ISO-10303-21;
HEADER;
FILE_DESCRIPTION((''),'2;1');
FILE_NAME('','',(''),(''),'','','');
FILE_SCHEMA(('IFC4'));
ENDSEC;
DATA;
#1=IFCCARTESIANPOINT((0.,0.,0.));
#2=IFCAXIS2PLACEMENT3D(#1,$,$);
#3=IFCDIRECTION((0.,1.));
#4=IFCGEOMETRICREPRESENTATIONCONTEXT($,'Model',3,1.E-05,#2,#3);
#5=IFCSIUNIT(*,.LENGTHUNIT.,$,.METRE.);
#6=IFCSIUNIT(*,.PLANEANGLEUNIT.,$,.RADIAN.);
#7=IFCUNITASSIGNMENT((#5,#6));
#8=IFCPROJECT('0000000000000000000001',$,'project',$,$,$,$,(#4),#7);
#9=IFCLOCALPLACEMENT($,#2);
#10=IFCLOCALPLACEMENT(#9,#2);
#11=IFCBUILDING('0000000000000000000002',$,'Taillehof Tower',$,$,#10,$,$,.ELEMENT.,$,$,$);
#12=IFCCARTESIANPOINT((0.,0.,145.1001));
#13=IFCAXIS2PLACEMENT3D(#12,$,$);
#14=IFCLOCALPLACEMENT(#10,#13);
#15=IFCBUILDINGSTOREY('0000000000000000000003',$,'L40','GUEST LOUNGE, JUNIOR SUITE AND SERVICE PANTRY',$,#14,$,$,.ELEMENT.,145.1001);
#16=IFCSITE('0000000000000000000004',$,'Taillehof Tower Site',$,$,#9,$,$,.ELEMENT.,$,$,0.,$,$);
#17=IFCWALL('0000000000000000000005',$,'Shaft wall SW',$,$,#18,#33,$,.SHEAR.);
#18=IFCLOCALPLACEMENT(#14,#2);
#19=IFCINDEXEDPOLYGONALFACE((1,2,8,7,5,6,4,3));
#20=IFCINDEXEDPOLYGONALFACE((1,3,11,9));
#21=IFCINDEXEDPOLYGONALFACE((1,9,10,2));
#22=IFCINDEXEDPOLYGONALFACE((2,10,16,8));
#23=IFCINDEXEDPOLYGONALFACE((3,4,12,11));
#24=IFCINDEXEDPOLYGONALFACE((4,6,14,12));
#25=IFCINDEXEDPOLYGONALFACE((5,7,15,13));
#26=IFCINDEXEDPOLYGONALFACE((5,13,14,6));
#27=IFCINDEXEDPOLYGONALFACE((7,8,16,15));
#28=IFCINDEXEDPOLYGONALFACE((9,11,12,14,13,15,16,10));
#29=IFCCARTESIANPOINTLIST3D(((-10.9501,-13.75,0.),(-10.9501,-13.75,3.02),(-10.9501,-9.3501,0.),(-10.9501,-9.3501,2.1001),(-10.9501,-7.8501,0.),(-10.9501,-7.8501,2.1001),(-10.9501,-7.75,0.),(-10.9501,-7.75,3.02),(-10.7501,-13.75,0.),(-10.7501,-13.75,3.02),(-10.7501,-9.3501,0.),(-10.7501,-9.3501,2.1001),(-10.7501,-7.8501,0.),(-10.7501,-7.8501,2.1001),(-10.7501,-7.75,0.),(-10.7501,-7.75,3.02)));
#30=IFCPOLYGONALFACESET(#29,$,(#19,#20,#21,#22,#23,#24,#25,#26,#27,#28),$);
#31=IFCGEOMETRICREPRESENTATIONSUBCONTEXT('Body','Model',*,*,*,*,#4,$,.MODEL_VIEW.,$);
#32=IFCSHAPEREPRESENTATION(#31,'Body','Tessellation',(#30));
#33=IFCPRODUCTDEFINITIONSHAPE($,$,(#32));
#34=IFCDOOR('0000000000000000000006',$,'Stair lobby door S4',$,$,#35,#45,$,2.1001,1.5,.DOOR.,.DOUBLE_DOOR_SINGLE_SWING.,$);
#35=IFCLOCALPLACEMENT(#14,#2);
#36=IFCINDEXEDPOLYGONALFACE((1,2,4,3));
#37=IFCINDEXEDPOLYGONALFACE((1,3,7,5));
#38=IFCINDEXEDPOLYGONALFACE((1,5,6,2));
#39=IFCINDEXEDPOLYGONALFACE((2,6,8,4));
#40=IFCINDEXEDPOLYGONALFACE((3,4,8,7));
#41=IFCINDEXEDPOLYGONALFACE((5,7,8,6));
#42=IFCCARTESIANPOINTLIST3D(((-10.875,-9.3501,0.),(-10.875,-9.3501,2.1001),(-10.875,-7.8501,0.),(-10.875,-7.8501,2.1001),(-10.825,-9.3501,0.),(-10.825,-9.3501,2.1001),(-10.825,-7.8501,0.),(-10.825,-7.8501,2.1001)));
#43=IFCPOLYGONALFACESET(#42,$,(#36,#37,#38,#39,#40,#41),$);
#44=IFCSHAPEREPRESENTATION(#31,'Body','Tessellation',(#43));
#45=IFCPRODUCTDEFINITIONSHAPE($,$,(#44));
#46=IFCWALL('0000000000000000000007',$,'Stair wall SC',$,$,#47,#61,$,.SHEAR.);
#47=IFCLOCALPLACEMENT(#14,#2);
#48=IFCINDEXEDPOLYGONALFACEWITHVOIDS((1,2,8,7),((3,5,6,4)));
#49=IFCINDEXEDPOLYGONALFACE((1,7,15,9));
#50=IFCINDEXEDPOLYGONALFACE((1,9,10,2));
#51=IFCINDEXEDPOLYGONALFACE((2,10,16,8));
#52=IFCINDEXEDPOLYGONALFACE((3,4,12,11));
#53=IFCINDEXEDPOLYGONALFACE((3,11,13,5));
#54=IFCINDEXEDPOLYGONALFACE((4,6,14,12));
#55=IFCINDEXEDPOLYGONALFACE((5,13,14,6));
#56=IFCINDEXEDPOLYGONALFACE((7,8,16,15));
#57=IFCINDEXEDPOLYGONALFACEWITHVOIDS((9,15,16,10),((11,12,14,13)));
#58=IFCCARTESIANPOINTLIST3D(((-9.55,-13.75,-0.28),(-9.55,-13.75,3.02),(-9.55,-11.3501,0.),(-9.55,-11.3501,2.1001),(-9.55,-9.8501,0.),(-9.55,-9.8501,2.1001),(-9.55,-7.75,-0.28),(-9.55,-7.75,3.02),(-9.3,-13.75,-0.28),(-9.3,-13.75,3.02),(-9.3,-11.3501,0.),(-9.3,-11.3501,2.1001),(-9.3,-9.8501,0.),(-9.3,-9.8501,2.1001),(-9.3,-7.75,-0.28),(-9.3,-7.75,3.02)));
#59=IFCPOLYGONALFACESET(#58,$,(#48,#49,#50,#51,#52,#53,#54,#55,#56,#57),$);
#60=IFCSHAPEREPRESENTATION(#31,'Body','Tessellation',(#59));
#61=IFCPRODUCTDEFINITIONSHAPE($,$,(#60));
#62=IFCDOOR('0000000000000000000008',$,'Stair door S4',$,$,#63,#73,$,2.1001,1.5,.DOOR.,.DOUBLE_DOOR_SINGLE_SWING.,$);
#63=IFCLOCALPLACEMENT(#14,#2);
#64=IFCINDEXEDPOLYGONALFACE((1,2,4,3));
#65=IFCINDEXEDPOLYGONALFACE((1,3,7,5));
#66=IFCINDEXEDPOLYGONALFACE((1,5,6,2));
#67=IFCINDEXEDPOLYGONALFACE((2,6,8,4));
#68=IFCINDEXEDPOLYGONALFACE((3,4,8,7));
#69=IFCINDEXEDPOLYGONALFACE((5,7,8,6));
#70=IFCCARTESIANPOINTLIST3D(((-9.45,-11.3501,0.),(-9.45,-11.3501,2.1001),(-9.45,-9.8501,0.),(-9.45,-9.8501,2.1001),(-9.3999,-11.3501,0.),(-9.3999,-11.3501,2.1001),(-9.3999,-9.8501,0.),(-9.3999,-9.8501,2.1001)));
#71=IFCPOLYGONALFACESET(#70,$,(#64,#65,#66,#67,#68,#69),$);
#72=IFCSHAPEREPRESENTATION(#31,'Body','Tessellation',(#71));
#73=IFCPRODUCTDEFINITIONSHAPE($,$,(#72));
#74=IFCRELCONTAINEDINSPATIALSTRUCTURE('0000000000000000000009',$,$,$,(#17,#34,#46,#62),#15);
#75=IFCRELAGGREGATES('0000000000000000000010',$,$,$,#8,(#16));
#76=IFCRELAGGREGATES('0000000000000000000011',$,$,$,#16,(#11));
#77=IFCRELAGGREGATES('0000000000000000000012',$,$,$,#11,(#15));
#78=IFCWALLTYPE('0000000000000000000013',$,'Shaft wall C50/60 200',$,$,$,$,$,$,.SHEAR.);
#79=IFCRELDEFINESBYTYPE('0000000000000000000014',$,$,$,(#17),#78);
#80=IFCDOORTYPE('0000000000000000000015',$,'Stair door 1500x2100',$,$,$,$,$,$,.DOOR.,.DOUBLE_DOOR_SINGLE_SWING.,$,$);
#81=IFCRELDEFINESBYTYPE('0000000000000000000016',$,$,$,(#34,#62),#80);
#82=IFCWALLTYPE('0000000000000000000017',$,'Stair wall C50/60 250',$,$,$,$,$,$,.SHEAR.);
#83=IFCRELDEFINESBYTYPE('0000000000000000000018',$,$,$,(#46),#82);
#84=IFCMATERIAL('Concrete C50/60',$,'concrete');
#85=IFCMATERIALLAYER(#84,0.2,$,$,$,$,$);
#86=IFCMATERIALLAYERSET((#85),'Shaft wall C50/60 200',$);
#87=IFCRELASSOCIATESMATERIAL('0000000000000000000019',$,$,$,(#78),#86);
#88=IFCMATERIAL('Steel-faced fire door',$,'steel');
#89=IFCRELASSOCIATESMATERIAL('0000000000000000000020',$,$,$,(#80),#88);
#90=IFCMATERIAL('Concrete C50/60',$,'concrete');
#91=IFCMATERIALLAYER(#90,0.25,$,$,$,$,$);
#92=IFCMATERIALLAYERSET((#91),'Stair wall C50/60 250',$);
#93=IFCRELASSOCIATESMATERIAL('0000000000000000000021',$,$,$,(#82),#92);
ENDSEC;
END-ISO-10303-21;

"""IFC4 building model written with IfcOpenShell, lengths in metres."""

from ifc_helpers import new_model, si_unit, direction, frame, frame_2d, origin, place, context, subcontext, project, spatial, rectangle, extrude, material, layer, layer_set, type_object, element, fill, save


model = new_model("IFC4")

# Units and contexts
model_context = context("Model", 3, precision=1e-05, world=origin(), true_north=direction((0.0, 1.0)))
body_context = subcontext(model_context, "Body", "Model", "MODEL_VIEW")
ifc_project = project(units=[si_unit("LENGTHUNIT", "METRE"), si_unit("PLANEANGLEUNIT", "RADIAN")], contexts=[model_context])

# Site, building, storey
site_placement = place(None, origin())
site = spatial("IfcSite", under=ifc_project, at=site_placement, Name="Taillehof Tower Site", CompositionType="ELEMENT", RefElevation=0.0)
building_placement = place(site_placement, origin())
building = spatial("IfcBuilding", under=site, at=building_placement, Name="Taillehof Tower", CompositionType="ELEMENT")
storey_placement = place(building_placement, frame((0.0, 0.0, 145.1001)))
storey = spatial("IfcBuildingStorey", under=building, at=storey_placement, Name="L40", Description="GUEST LOUNGE, JUNIOR SUITE AND SERVICE PANTRY", CompositionType="ELEMENT", Elevation=145.1001)

# Walls, openings, doors
ifc_material_1 = material(Name="Concrete C50/60", Category="concrete")
ifc_layer_1 = layer(ifc_material_1, 0.2)
ifc_layer_set_1 = layer_set([ifc_layer_1], Name="Shaft wall C50/60 200")
wall_type_1 = type_object("IfcWallType", Name="Shaft wall C50/60 200", PredefinedType="SHEAR", material=ifc_layer_set_1)
wall_1_placement = place(storey_placement, frame((-10.8501, -13.75, 0.0), z_axis=(0.0, 0.0, 1.0), x_axis=(0.0, 1.0, 0.0)))
wall_1 = element("IfcWall", 1, at=wall_1_placement, inside=storey, type_object=wall_type_1, Name="Shaft wall SW", PredefinedType="SHEAR", context=body_context, shape_type="SweptSolid", body=[
    extrude(rectangle(XDim=6.0, YDim=0.2, at=frame_2d((3.0, 0.0))), origin(), (0.0, 0.0, 1.0), 3.02),
])
opening_1_placement = place(wall_1_placement, frame((4.3999, 0.0, 0.0)))
opening_1 = element("IfcOpeningElement", 2, at=opening_1_placement, cuts=wall_1, PredefinedType="OPENING", context=body_context, shape_type="SweptSolid", body=[
    extrude(rectangle(XDim=1.5, YDim=2.1001, at=frame_2d((0.75, 1.05))), frame((0.0, 0.1099, 0.0), z_axis=(0.0, -1.0, 0.0), x_axis=(1.0, 0.0, 0.0)), (0.0, 0.0, 1.0), 0.22),
])
ifc_material_2 = material(Name="Steel-faced fire door", Category="steel")
door_type_1 = type_object("IfcDoorType", Name="Stair door 1500x2100", OperationType="DOUBLE_DOOR_SINGLE_SWING", PredefinedType="DOOR", material=ifc_material_2)
door_1_placement = place(opening_1_placement, origin())
door_1 = element("IfcDoor", 3, at=door_1_placement, inside=storey, type_object=door_type_1, Name="Stair lobby door S4", OperationType="DOUBLE_DOOR_SINGLE_SWING", OverallHeight=2.1001, OverallWidth=1.5, PredefinedType="DOOR", context=body_context, shape_type="SweptSolid", body=[
    extrude(rectangle(XDim=1.5, YDim=2.1001, at=frame_2d((0.75, 1.05))), frame((0.0, 0.0249, 0.0), z_axis=(0.0, -1.0, 0.0), x_axis=(1.0, 0.0, 0.0)), (0.0, 0.0, 1.0), 0.05),
])
fill(opening_1, door_1)
ifc_material_3 = material(Name="Concrete C50/60", Category="concrete")
ifc_layer_2 = layer(ifc_material_3, 0.25)
ifc_layer_set_2 = layer_set([ifc_layer_2], Name="Stair wall C50/60 250")
wall_type_2 = type_object("IfcWallType", Name="Stair wall C50/60 250", PredefinedType="SHEAR", material=ifc_layer_set_2)
wall_2_placement = place(storey_placement, frame((-9.425, -13.75, -0.28), z_axis=(0.0, 0.0, 1.0), x_axis=(0.0, 1.0, 0.0)))
wall_2 = element("IfcWall", 4, at=wall_2_placement, inside=storey, type_object=wall_type_2, Name="Stair wall SC", PredefinedType="SHEAR", context=body_context, shape_type="SweptSolid", body=[
    extrude(rectangle(XDim=6.0, YDim=0.25, at=frame_2d((3.0, 0.0))), origin(), (0.0, 0.0, 1.0), 3.3),
])
opening_2_placement = place(wall_2_placement, frame((2.3999, 0.0, 0.28)))
opening_2 = element("IfcOpeningElement", 5, at=opening_2_placement, cuts=wall_2, PredefinedType="OPENING", context=body_context, shape_type="SweptSolid", body=[
    extrude(rectangle(XDim=1.5, YDim=2.1001, at=frame_2d((0.75, 1.05))), frame((0.0, 0.135, 0.0), z_axis=(0.0, -1.0, 0.0), x_axis=(1.0, 0.0, 0.0)), (0.0, 0.0, 1.0), 0.27),
])
door_2_placement = place(opening_2_placement, origin())
door_2 = element("IfcDoor", 6, at=door_2_placement, inside=storey, type_object=door_type_1, Name="Stair door S4", OperationType="DOUBLE_DOOR_SINGLE_SWING", OverallHeight=2.1001, OverallWidth=1.5, PredefinedType="DOOR", context=body_context, shape_type="SweptSolid", body=[
    extrude(rectangle(XDim=1.5, YDim=2.1001, at=frame_2d((0.75, 1.05))), frame((0.0, 0.0249, 0.0), z_axis=(0.0, -1.0, 0.0), x_axis=(1.0, 0.0, 0.0)), (0.0, 0.0, 1.0), 0.05),
])
fill(opening_2, door_2)

save(model, "model.ifc")
